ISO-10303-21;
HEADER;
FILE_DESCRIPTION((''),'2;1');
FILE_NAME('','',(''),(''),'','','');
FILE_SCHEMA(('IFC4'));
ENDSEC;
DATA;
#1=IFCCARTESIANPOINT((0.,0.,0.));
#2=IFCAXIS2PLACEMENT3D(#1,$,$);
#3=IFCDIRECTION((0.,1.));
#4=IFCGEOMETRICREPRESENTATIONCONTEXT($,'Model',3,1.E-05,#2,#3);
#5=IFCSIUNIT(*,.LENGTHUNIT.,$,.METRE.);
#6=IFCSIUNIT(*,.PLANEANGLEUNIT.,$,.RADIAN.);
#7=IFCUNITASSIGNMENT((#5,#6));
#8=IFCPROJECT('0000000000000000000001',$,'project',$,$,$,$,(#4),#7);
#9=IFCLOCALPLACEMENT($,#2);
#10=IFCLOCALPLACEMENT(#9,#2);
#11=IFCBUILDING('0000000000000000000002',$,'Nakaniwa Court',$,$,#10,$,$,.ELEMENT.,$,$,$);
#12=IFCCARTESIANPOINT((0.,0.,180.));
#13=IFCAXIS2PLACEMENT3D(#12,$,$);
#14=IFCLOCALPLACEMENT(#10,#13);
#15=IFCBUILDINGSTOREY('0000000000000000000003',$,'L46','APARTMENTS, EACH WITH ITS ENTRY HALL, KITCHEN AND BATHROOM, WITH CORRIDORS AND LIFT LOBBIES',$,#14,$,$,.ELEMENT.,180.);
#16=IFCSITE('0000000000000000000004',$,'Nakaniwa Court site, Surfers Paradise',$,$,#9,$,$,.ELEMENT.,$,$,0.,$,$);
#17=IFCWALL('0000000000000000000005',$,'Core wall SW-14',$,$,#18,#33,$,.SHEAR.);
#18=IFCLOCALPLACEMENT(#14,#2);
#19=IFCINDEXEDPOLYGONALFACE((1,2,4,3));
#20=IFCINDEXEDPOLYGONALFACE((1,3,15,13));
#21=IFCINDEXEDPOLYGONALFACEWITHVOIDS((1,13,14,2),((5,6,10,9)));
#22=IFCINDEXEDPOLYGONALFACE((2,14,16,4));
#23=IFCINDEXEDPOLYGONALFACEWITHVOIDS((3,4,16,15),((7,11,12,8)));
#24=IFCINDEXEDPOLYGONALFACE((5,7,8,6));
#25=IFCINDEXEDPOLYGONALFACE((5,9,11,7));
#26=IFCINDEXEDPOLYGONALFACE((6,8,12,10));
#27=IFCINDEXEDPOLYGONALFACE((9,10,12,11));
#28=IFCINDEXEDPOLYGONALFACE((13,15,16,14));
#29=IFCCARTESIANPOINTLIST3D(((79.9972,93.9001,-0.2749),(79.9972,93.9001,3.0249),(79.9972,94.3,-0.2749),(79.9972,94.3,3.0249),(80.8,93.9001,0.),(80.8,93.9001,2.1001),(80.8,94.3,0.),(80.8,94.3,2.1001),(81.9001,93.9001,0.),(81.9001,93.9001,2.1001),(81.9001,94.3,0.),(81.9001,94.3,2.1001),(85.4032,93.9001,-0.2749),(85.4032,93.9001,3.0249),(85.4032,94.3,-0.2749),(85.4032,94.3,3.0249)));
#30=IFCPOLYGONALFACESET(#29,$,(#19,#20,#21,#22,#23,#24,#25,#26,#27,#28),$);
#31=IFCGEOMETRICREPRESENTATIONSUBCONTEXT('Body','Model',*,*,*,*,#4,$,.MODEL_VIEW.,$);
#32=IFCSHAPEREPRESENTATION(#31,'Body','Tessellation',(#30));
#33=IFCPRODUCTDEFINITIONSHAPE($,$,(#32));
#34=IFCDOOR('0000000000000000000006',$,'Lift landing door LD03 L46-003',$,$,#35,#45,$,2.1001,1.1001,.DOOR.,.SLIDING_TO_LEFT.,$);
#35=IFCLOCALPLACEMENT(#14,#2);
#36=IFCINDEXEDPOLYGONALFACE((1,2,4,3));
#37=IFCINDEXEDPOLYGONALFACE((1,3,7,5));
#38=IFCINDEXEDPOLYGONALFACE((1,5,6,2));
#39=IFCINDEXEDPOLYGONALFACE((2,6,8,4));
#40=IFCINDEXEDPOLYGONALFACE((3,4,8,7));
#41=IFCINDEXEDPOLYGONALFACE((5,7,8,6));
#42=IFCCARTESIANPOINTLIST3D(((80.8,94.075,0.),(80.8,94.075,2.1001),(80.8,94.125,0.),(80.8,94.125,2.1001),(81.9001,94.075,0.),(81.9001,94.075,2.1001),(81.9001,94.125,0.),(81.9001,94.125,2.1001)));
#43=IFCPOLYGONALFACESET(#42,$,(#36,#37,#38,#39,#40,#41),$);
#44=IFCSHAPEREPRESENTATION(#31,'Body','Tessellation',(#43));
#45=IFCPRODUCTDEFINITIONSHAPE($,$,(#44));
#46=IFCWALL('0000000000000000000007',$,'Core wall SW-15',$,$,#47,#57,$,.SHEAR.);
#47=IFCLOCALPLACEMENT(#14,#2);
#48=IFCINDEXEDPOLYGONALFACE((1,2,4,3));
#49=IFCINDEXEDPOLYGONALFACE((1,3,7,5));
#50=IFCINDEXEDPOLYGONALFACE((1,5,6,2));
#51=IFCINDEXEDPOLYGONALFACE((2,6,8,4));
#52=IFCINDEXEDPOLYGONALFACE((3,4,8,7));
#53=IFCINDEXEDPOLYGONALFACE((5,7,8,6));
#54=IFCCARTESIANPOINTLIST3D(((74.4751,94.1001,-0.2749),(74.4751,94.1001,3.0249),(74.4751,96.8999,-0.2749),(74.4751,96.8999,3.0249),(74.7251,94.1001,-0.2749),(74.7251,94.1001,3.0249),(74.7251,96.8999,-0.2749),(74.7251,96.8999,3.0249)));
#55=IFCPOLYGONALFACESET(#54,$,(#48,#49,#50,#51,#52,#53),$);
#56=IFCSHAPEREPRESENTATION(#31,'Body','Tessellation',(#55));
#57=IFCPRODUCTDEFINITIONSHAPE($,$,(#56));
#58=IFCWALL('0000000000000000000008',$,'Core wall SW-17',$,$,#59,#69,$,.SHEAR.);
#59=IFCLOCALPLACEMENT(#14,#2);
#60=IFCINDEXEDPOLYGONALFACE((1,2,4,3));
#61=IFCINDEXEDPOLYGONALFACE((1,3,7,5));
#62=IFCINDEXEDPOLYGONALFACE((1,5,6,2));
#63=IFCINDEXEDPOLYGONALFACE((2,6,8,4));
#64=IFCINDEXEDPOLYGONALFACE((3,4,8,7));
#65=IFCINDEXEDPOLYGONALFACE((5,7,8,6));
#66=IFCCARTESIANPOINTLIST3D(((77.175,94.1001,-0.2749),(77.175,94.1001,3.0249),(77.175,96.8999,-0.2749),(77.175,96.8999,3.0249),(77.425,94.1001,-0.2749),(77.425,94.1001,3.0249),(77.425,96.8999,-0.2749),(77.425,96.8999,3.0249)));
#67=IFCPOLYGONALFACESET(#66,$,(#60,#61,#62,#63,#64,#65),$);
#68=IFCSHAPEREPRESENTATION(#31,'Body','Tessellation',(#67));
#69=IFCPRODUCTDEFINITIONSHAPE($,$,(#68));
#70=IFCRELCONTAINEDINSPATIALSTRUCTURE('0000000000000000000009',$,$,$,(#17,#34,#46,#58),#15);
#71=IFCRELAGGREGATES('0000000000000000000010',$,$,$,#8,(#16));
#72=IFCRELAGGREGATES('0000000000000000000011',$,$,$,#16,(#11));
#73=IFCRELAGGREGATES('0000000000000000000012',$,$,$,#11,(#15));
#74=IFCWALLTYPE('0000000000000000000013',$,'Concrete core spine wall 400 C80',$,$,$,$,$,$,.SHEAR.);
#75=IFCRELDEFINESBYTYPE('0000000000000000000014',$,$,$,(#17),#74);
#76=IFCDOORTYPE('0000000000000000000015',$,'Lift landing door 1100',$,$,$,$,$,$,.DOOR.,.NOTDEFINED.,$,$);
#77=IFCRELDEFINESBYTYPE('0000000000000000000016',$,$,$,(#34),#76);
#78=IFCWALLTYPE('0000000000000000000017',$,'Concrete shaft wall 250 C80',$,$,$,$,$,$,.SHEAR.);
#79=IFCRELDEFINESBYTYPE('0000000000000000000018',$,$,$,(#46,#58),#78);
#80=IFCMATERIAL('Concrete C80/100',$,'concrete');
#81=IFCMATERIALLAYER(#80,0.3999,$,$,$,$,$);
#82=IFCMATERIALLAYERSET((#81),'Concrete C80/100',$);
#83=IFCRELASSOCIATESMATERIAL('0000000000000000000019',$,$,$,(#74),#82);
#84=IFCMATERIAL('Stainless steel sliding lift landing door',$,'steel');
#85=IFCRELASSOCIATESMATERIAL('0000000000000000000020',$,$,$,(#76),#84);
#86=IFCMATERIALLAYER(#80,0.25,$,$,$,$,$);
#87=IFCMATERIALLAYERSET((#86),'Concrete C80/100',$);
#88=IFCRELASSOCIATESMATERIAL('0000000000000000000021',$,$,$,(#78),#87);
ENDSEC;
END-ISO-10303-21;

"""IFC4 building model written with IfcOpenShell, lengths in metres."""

from ifc_helpers import new_model, si_unit, direction, frame, frame_2d, origin, place, context, subcontext, project, spatial, rectangle, extrude, material, layer, layer_set, type_object, element, fill, save


model = new_model("IFC4")

# Units and contexts
model_context = context("Model", 3, precision=1e-05, world=origin(), true_north=direction((0.0, 1.0)))
body_context = subcontext(model_context, "Body", "Model", "MODEL_VIEW")
ifc_project = project(units=[si_unit("LENGTHUNIT", "METRE"), si_unit("PLANEANGLEUNIT", "RADIAN")], contexts=[model_context])

# Site, building, storey
site_placement = place(None, origin())
site = spatial("IfcSite", under=ifc_project, at=site_placement, Name="Nakaniwa Court site, Surfers Paradise", CompositionType="ELEMENT", RefElevation=0.0)
building_placement = place(site_placement, origin())
building = spatial("IfcBuilding", under=site, at=building_placement, Name="Nakaniwa Court", CompositionType="ELEMENT")
storey_placement = place(building_placement, frame((0.0, 0.0, 180.0)))
storey = spatial("IfcBuildingStorey", under=building, at=storey_placement, Name="L46", Description="APARTMENTS, EACH WITH ITS ENTRY HALL, KITCHEN AND BATHROOM, WITH CORRIDORS AND LIFT LOBBIES", CompositionType="ELEMENT", Elevation=180.0)

# Shared definitions
ifc_material_1 = material(Name="Concrete C80/100", Category="concrete")

# Wall, opening, door
ifc_layer_1 = layer(ifc_material_1, 0.3999)
ifc_layer_set_1 = layer_set([ifc_layer_1], Name="Concrete C80/100")
wall_type_1 = type_object("IfcWallType", Name="Concrete core spine wall 400 C80", PredefinedType="SHEAR", material=ifc_layer_set_1)
ifc_material_2 = material(Name="Stainless steel sliding lift landing door", Category="steel")
door_type_1 = type_object("IfcDoorType", Name="Lift landing door 1100", OperationType="NOTDEFINED", PredefinedType="DOOR", material=ifc_material_2)
wall_1_placement = place(storey_placement, frame((79.9971, 94.1001, -0.2749), z_axis=(0.0, 0.0, 1.0), x_axis=(1.0, 0.0, 0.0)))
wall_1 = element("IfcWall", 1, at=wall_1_placement, inside=storey, type_object=wall_type_1, Name="Core wall SW-14", PredefinedType="SHEAR", context=body_context, shape_type="SweptSolid", body=[
    extrude(rectangle(XDim=5.406, YDim=0.3999, at=frame_2d((2.7031, 0.0))), origin(), (0.0, 0.0, 1.0), 3.2998),
])
opening_1_placement = place(wall_1_placement, frame((0.803, 0.0, 0.2749)))
opening_1 = element("IfcOpeningElement", 2, at=opening_1_placement, cuts=wall_1, PredefinedType="OPENING", context=body_context, shape_type="SweptSolid", body=[
    extrude(rectangle(XDim=1.1001, YDim=2.1001, at=frame_2d((0.55, 1.05))), frame((0.0, 0.21, 0.0), z_axis=(0.0, -1.0, 0.0), x_axis=(1.0, 0.0, 0.0)), (0.0, 0.0, 1.0), 0.4199),
])
door_1_placement = place(opening_1_placement, origin())
door_1 = element("IfcDoor", 3, at=door_1_placement, inside=storey, type_object=door_type_1, Name="Lift landing door LD03 L46-003", OperationType="SLIDING_TO_LEFT", OverallHeight=2.1001, OverallWidth=1.1001, PredefinedType="DOOR", context=body_context, shape_type="SweptSolid", body=[
    extrude(rectangle(XDim=1.1001, YDim=2.1001, at=frame_2d((0.55, 1.05))), frame((0.0, 0.0249, 0.0), z_axis=(0.0, -1.0, 0.0), x_axis=(1.0, 0.0, 0.0)), (0.0, 0.0, 1.0), 0.05),
])
fill(opening_1, door_1)

# Walls
ifc_layer_2 = layer(ifc_material_1, 0.25)
ifc_layer_set_2 = layer_set([ifc_layer_2], Name="Concrete C80/100")
wall_type_2 = type_object("IfcWallType", Name="Concrete shaft wall 250 C80", PredefinedType="SHEAR", material=ifc_layer_set_2)
for number, where, z_axis, x_axis, name in (
    (4, (74.6001, 94.1001, -0.2749), (0.0, 0.0, 1.0), (0.0, 1.0, 0.0), "Core wall SW-15"),
    (5, (77.3, 94.1001, -0.2749), (0.0, 0.0, 1.0), (0.0, 1.0, 0.0), "Core wall SW-17"),
):
    element("IfcWall", number, at=place(storey_placement, frame(where, z_axis=z_axis, x_axis=x_axis)), inside=storey, type_object=wall_type_2, Name=name, PredefinedType="SHEAR", context=body_context, shape_type="SweptSolid", body=[
        extrude(rectangle(XDim=2.7998, YDim=0.25, at=frame_2d((1.3999, 0.0))), origin(), (0.0, 0.0, 1.0), 3.2998),
    ])

save(model, "model.ifc")
